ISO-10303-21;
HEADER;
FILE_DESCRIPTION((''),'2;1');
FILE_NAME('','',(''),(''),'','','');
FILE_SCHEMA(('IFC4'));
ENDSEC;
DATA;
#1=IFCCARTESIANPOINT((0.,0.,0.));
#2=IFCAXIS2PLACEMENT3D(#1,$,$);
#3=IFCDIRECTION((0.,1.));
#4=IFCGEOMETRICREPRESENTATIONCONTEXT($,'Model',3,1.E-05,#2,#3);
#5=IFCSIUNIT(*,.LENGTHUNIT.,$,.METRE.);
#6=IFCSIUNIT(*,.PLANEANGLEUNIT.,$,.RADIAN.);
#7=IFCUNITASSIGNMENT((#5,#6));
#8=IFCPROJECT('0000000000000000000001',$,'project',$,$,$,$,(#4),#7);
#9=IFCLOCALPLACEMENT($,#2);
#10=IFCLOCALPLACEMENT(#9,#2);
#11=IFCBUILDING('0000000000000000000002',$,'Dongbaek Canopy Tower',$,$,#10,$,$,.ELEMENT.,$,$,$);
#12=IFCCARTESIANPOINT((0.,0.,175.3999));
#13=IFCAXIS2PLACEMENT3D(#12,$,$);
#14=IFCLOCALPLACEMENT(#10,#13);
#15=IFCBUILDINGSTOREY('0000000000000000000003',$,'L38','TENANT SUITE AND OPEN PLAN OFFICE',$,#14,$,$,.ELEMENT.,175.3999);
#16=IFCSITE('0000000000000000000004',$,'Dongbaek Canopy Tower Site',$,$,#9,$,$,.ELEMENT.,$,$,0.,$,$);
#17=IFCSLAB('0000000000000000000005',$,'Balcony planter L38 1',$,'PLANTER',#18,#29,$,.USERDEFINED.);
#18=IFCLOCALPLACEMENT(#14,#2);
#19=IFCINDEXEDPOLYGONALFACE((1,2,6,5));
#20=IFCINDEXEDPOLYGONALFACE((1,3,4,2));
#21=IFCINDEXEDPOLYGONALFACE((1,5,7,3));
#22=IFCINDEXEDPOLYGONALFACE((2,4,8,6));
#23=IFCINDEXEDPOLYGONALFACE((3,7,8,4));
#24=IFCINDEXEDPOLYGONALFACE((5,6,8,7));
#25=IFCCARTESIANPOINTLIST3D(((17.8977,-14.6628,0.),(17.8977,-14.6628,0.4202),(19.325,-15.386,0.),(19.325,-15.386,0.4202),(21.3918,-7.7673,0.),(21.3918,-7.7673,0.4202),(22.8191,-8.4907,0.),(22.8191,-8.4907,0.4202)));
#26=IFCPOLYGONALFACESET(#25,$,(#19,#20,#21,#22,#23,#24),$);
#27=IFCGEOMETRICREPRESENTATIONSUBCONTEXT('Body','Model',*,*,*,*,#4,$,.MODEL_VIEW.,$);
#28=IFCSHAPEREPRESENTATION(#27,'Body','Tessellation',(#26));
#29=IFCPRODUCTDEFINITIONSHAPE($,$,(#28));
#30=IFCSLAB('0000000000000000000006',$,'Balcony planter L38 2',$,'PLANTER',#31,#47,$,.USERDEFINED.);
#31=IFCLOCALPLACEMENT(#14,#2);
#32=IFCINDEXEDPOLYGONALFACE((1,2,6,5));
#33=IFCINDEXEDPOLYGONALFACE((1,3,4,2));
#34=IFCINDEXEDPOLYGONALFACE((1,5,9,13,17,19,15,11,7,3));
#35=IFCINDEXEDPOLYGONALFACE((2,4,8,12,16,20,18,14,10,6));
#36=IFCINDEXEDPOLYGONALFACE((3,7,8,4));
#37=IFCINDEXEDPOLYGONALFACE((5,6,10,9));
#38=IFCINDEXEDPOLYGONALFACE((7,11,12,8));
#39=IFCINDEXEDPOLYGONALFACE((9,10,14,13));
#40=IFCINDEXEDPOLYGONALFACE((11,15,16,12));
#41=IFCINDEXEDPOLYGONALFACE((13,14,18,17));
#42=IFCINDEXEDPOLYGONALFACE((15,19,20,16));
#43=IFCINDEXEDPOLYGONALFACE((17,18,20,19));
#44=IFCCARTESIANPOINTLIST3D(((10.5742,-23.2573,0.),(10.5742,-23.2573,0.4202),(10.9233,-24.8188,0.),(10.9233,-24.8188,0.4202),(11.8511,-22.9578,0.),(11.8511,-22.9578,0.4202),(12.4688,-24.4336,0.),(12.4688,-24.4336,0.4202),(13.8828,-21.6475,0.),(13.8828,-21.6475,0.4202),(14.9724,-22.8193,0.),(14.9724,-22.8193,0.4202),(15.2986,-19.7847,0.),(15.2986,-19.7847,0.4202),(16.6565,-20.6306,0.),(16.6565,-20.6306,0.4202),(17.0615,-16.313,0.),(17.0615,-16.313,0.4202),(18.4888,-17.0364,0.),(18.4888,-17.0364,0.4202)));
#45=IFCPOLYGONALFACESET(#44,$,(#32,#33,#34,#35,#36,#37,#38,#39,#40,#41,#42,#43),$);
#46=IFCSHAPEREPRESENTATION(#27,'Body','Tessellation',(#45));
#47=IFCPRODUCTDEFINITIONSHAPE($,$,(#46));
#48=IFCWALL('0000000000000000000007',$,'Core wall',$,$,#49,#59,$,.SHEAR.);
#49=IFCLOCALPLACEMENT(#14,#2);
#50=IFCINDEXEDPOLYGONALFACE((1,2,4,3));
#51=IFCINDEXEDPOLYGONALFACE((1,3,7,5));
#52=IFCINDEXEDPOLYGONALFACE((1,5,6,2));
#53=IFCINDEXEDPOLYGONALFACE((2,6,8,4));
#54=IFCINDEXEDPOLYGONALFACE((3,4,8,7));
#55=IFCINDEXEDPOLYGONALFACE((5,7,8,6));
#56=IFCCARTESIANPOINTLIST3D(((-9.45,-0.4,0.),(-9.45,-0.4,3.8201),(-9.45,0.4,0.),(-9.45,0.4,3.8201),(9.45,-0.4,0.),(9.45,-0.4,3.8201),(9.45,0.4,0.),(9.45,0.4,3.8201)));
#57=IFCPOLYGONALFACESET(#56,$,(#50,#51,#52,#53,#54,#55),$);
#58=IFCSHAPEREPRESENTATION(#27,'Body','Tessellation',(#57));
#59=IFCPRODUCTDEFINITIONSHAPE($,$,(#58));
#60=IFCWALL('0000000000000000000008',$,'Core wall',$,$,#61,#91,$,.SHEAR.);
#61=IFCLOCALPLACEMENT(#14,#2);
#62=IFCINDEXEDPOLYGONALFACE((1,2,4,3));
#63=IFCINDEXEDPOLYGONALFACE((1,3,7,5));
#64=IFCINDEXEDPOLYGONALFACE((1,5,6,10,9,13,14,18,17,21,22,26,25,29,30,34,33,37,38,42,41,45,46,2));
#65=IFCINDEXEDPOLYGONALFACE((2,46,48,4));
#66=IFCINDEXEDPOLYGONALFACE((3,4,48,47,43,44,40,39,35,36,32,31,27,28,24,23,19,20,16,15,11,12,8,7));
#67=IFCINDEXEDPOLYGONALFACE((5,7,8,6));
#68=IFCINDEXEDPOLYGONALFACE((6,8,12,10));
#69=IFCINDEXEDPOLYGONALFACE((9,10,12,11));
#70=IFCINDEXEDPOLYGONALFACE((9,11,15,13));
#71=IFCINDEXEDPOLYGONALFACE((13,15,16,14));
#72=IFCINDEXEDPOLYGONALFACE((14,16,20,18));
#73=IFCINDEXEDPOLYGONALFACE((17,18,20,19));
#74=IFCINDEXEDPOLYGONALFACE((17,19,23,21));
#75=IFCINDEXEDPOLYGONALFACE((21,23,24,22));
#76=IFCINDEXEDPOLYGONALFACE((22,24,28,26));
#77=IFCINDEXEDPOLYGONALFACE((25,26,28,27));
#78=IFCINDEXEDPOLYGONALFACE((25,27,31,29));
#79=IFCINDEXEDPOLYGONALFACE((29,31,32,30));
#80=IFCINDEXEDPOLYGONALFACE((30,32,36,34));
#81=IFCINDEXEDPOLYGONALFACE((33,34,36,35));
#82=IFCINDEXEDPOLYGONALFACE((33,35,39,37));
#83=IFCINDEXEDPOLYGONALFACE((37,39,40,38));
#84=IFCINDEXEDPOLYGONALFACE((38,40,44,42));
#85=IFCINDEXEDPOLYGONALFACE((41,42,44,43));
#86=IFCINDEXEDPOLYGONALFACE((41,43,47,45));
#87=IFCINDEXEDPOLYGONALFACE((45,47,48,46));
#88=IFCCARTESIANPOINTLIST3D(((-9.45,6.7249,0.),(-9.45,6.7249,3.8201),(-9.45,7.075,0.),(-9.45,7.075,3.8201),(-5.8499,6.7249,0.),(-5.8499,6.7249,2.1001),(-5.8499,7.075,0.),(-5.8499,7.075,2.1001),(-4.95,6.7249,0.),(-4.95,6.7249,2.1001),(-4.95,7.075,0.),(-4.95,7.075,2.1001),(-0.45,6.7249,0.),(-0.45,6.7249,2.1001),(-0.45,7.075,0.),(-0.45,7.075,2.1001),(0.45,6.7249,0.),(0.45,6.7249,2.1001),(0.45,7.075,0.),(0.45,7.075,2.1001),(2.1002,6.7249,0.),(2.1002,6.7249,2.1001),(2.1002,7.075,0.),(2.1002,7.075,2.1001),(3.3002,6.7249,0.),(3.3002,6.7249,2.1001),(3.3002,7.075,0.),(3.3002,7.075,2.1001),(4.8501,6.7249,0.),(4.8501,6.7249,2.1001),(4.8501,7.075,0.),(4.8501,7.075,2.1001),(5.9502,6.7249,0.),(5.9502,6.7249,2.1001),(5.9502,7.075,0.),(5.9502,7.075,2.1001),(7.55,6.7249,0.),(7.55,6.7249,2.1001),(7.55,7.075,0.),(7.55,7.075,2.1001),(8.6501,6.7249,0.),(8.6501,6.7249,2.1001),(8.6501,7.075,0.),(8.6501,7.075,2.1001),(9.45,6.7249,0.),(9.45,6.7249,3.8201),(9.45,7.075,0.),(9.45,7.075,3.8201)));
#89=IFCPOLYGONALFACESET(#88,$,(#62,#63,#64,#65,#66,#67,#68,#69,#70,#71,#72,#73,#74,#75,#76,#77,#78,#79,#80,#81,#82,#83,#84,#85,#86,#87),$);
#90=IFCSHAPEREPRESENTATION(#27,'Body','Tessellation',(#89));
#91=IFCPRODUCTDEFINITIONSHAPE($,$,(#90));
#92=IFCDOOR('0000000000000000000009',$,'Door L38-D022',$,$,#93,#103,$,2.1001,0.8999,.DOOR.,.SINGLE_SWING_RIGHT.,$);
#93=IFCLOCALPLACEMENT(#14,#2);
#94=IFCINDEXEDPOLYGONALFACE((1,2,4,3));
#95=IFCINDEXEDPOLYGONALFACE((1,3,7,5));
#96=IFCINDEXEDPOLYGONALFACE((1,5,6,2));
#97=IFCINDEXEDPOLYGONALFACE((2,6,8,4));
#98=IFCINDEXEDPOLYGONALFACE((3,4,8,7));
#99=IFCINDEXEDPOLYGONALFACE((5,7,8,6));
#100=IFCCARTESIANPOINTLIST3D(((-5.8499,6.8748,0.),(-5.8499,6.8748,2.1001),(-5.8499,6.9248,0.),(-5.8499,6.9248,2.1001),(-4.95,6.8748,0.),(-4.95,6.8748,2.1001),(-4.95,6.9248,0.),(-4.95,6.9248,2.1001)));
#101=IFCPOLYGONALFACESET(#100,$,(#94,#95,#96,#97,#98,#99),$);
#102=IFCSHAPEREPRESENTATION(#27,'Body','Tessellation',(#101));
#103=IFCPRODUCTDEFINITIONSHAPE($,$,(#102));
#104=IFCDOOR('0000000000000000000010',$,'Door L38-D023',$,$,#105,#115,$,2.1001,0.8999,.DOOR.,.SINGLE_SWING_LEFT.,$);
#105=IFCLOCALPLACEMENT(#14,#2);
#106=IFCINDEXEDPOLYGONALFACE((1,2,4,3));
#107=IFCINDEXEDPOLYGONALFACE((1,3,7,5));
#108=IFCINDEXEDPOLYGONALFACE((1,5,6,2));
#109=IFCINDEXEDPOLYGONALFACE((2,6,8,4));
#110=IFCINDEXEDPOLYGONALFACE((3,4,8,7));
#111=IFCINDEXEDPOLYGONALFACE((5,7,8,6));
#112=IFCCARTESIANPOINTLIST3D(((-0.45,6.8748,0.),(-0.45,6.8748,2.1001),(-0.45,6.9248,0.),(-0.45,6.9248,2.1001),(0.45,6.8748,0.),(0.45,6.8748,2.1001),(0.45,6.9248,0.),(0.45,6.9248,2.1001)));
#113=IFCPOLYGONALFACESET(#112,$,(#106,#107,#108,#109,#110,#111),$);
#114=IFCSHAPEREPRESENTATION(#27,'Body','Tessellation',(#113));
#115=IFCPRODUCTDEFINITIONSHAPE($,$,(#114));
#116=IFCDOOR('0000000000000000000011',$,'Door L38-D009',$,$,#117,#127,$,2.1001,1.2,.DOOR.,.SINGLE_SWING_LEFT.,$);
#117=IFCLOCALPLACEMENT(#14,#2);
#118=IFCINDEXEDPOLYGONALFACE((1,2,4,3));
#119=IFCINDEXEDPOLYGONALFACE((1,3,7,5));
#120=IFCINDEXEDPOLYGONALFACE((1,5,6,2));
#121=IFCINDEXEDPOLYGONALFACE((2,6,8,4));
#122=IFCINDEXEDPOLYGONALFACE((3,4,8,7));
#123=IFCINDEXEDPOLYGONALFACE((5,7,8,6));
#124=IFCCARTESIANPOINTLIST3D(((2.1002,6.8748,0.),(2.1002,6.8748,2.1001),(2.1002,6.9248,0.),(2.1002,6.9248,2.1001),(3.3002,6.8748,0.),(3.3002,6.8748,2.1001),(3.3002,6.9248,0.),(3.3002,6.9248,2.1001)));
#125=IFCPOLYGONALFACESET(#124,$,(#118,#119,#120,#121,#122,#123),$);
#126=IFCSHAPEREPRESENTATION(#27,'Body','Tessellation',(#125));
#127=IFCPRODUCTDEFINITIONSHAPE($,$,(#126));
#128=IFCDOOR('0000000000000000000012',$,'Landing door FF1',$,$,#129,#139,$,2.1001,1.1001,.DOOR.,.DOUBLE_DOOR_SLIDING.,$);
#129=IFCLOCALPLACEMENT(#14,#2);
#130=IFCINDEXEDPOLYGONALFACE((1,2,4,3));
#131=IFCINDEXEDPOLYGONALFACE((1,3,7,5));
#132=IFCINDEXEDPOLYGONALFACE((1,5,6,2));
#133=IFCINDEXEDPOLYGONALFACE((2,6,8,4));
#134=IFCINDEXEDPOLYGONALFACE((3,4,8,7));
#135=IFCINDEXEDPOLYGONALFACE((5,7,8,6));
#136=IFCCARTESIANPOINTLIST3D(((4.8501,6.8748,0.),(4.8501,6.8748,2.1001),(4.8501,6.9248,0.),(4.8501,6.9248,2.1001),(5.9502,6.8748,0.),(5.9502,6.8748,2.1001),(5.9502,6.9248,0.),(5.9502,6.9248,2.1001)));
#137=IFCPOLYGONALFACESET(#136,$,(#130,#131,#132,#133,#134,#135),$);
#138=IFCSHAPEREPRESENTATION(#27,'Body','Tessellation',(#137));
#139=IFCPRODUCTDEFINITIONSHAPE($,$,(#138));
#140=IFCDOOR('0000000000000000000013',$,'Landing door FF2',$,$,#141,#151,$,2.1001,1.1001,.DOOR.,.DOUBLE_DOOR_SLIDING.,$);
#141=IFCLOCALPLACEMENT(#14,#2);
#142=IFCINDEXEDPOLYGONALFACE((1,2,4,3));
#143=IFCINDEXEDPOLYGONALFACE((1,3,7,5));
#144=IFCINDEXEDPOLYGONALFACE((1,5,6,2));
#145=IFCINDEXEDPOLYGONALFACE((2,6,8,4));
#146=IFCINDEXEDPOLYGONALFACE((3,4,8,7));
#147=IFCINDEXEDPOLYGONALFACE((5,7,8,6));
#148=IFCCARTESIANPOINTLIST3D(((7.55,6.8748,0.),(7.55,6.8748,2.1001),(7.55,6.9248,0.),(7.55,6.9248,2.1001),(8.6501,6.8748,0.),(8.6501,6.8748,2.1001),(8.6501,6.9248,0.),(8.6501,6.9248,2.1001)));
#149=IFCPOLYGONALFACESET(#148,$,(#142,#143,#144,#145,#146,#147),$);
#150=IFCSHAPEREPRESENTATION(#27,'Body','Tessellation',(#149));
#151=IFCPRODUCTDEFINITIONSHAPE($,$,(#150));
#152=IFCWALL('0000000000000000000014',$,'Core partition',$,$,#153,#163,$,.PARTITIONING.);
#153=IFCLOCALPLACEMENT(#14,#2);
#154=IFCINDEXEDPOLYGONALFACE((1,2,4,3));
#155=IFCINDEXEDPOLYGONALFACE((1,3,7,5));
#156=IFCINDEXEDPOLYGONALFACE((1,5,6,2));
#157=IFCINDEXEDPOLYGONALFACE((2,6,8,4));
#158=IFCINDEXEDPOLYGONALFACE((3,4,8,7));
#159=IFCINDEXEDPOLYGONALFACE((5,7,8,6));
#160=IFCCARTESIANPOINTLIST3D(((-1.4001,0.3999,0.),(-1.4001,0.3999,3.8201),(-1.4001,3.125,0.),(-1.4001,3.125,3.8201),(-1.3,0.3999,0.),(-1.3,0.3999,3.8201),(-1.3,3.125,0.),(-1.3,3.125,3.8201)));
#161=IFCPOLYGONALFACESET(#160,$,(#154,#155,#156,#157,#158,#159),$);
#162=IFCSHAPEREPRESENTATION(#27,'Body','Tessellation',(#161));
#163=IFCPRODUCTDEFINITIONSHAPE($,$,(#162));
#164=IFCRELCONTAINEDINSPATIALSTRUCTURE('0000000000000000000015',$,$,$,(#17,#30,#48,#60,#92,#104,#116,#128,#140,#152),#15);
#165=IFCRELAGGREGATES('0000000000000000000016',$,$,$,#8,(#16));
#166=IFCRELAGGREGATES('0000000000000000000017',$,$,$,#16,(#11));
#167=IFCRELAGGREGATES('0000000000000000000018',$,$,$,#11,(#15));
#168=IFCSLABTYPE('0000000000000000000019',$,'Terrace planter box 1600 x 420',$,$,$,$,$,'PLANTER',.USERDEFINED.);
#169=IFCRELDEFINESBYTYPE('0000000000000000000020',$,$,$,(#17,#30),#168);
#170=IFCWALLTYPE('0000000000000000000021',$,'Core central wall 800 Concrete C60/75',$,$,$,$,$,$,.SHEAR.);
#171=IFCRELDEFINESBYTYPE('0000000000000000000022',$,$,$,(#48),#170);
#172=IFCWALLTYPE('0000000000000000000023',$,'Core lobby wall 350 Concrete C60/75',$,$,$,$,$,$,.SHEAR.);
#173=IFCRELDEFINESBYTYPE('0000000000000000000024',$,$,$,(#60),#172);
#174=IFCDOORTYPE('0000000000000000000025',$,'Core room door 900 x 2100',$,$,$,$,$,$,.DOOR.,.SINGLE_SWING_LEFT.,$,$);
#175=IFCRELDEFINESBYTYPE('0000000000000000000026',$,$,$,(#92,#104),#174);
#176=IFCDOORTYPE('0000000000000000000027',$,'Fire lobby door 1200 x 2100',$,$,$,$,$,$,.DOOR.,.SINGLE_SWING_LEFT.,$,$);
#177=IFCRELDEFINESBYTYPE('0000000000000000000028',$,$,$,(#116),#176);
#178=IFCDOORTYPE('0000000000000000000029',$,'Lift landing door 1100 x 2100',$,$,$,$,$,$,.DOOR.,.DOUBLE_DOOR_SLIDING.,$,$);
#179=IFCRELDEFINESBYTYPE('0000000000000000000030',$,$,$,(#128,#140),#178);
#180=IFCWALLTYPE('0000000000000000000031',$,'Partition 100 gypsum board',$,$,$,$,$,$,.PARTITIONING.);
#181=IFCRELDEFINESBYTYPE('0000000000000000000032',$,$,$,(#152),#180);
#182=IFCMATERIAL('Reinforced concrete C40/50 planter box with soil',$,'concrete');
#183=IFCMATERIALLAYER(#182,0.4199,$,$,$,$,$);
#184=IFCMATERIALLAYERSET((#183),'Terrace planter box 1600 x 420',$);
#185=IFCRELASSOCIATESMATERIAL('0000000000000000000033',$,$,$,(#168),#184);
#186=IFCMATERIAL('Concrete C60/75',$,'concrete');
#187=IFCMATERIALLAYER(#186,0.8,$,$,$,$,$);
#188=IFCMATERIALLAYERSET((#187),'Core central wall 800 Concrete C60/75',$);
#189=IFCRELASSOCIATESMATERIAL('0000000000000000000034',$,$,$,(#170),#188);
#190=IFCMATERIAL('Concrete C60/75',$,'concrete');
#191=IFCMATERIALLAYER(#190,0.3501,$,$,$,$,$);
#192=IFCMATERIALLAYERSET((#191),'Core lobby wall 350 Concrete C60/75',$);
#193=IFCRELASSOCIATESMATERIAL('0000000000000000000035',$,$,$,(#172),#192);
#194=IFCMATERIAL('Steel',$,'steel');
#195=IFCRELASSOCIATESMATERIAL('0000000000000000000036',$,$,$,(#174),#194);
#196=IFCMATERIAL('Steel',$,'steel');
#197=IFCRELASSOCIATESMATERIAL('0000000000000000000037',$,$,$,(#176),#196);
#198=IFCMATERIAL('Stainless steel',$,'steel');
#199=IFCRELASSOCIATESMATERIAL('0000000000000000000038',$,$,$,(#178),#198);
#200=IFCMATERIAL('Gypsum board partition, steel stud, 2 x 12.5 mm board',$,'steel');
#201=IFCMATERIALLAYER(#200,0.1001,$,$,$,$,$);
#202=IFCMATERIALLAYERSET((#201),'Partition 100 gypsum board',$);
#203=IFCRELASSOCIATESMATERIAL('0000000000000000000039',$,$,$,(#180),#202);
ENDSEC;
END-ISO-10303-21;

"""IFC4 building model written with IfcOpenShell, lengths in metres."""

from ifc_helpers import new_model, si_unit, direction, frame, frame_2d, origin, place, context, subcontext, project, spatial, polyline, rectangle, outline, extrude, material, layer, layer_set, type_object, element, fill, save


model = new_model("IFC4")

# Units and contexts
model_context = context("Model", 3, precision=1e-05, world=origin(), true_north=direction((0.0, 1.0)))
body_context = subcontext(model_context, "Body", "Model", "MODEL_VIEW")
ifc_project = project(units=[si_unit("LENGTHUNIT", "METRE"), si_unit("PLANEANGLEUNIT", "RADIAN")], contexts=[model_context])

# Site, building, storey
site_placement = place(None, origin())
site = spatial("IfcSite", under=ifc_project, at=site_placement, Name="Dongbaek Canopy Tower Site", CompositionType="ELEMENT", RefElevation=0.0)
building_placement = place(site_placement, origin())
building = spatial("IfcBuilding", under=site, at=building_placement, Name="Dongbaek Canopy Tower", CompositionType="ELEMENT")
storey_placement = place(building_placement, frame((0.0, 0.0, 175.3999)))
storey = spatial("IfcBuildingStorey", under=building, at=storey_placement, Name="L38", Description="TENANT SUITE AND OPEN PLAN OFFICE", CompositionType="ELEMENT", Elevation=175.3999)

# Slabs
ifc_material_1 = material(Name="Reinforced concrete C40/50 planter box with soil", Category="concrete")
ifc_layer_1 = layer(ifc_material_1, 0.4199)
ifc_layer_set_1 = layer_set([ifc_layer_1], Name="Terrace planter box 1600 x 420")
slab_type_1 = type_object("IfcSlabType", Name="Terrace planter box 1600 x 420", ElementType="PLANTER", PredefinedType="USERDEFINED", material=ifc_layer_set_1)
slab_1_placement = place(storey_placement, origin())
element("IfcSlab", 1, at=slab_1_placement, inside=storey, type_object=slab_type_1, Name="Balcony planter L38 1", ObjectType="PLANTER", PredefinedType="USERDEFINED", context=body_context, shape_type="SweptSolid", body=[
    extrude(outline(polyline([(17.8977, -14.6628), (21.3918, -7.7673), (22.8191, -8.4907), (19.325, -15.386), (17.8977, -14.6628)])), origin(), (0.0, 0.0, 1.0), 0.4202),
])
slab_2_placement = place(storey_placement, origin())
element("IfcSlab", 2, at=slab_2_placement, inside=storey, type_object=slab_type_1, Name="Balcony planter L38 2", ObjectType="PLANTER", PredefinedType="USERDEFINED", context=body_context, shape_type="SweptSolid", body=[
    extrude(outline(polyline([(10.5742, -23.2573), (11.8511, -22.9578), (13.8828, -21.6475), (15.2986, -19.7847), (17.0615, -16.313), (18.4888, -17.0364), (16.6565, -20.6306), (14.9724, -22.8193), (12.4688, -24.4336), (10.9233, -24.8188), (10.5742, -23.2573)])), origin(), (0.0, 0.0, 1.0), 0.4202),
])

# Wall
ifc_material_2 = material(Name="Concrete C60/75", Category="concrete")
ifc_layer_2 = layer(ifc_material_2, 0.8)
ifc_layer_set_2 = layer_set([ifc_layer_2], Name="Core central wall 800 Concrete C60/75")
wall_type_1 = type_object("IfcWallType", Name="Core central wall 800 Concrete C60/75", PredefinedType="SHEAR", material=ifc_layer_set_2)
wall_1_placement = place(storey_placement, frame((-9.45, 0.0, 0.0), z_axis=(0.0, 0.0, 1.0), x_axis=(1.0, 0.0, 0.0)))
element("IfcWall", 3, at=wall_1_placement, inside=storey, type_object=wall_type_1, Name="Core wall", PredefinedType="SHEAR", context=body_context, shape_type="SweptSolid", body=[
    extrude(rectangle(XDim=18.8999, YDim=0.8, at=frame_2d((9.45, 0.0))), origin(), (0.0, 0.0, 1.0), 3.8201),
])

# Wall, openings, doors
ifc_material_3 = material(Name="Concrete C60/75", Category="concrete")
ifc_layer_3 = layer(ifc_material_3, 0.3501)
ifc_layer_set_3 = layer_set([ifc_layer_3], Name="Core lobby wall 350 Concrete C60/75")
wall_type_2 = type_object("IfcWallType", Name="Core lobby wall 350 Concrete C60/75", PredefinedType="SHEAR", material=ifc_layer_set_3)
wall_2_placement = place(storey_placement, frame((-9.45, 6.8999, 0.0), z_axis=(0.0, 0.0, 1.0), x_axis=(1.0, 0.0, 0.0)))
wall_2 = element("IfcWall", 4, at=wall_2_placement, inside=storey, type_object=wall_type_2, Name="Core wall", PredefinedType="SHEAR", context=body_context, shape_type="SweptSolid", body=[
    extrude(rectangle(XDim=18.8999, YDim=0.3501, at=frame_2d((9.45, 0.0))), origin(), (0.0, 0.0, 1.0), 3.8201),
])
opening_1_placement = place(wall_2_placement, frame((11.55, 0.0, 0.0)))
opening_1 = element("IfcOpeningElement", 5, at=opening_1_placement, cuts=wall_2, PredefinedType="OPENING", context=body_context, shape_type="SweptSolid", body=[
    extrude(rectangle(XDim=1.2, YDim=2.1001, at=frame_2d((0.6001, 1.05))), frame((0.0, 0.1851, 0.0), z_axis=(0.0, -1.0, 0.0), x_axis=(1.0, 0.0, 0.0)), (0.0, 0.0, 1.0), 0.3701),
])
opening_2_placement = place(wall_2_placement, frame((14.3, 0.0, 0.0)))
opening_2 = element("IfcOpeningElement", 6, at=opening_2_placement, cuts=wall_2, PredefinedType="OPENING", context=body_context, shape_type="SweptSolid", body=[
    extrude(rectangle(XDim=1.1001, YDim=2.1001, at=frame_2d((0.55, 1.05))), frame((0.0, 0.1851, 0.0), z_axis=(0.0, -1.0, 0.0), x_axis=(1.0, 0.0, 0.0)), (0.0, 0.0, 1.0), 0.3701),
])
opening_3_placement = place(wall_2_placement, frame((17.0, 0.0, 0.0)))
opening_3 = element("IfcOpeningElement", 7, at=opening_3_placement, cuts=wall_2, PredefinedType="OPENING", context=body_context, shape_type="SweptSolid", body=[
    extrude(rectangle(XDim=1.1001, YDim=2.1001, at=frame_2d((0.55, 1.05))), frame((0.0, 0.1851, 0.0), z_axis=(0.0, -1.0, 0.0), x_axis=(1.0, 0.0, 0.0)), (0.0, 0.0, 1.0), 0.3701),
])
opening_4_placement = place(wall_2_placement, frame((3.6001, 0.0, 0.0)))
opening_4 = element("IfcOpeningElement", 8, at=opening_4_placement, cuts=wall_2, PredefinedType="OPENING", context=body_context, shape_type="SweptSolid", body=[
    extrude(rectangle(XDim=0.8999, YDim=2.1001, at=frame_2d((0.45, 1.05))), frame((0.0, 0.1851, 0.0), z_axis=(0.0, -1.0, 0.0), x_axis=(1.0, 0.0, 0.0)), (0.0, 0.0, 1.0), 0.3701),
])
opening_5_placement = place(wall_2_placement, frame((9.0, 0.0, 0.0)))
opening_5 = element("IfcOpeningElement", 9, at=opening_5_placement, cuts=wall_2, PredefinedType="OPENING", context=body_context, shape_type="SweptSolid", body=[
    extrude(rectangle(XDim=0.8999, YDim=2.1001, at=frame_2d((0.45, 1.05))), frame((0.0, 0.1851, 0.0), z_axis=(0.0, -1.0, 0.0), x_axis=(1.0, 0.0, 0.0)), (0.0, 0.0, 1.0), 0.3701),
])
ifc_material_4 = material(Name="Steel", Category="steel")
door_type_1 = type_object("IfcDoorType", Name="Core room door 900 x 2100", OperationType="SINGLE_SWING_LEFT", PredefinedType="DOOR", material=ifc_material_4)
door_1_placement = place(opening_4_placement, origin())
door_1 = element("IfcDoor", 10, at=door_1_placement, inside=storey, type_object=door_type_1, Name="Door L38-D022", OperationType="SINGLE_SWING_RIGHT", OverallHeight=2.1001, OverallWidth=0.8999, PredefinedType="DOOR", context=body_context, shape_type="SweptSolid", body=[
    extrude(rectangle(XDim=0.8999, YDim=2.1001, at=frame_2d((0.45, 1.05))), frame((0.0, 0.0249, 0.0), z_axis=(0.0, -1.0, 0.0), x_axis=(1.0, 0.0, 0.0)), (0.0, 0.0, 1.0), 0.05),
])
fill(opening_4, door_1)
door_2_placement = place(opening_5_placement, origin())
door_2 = element("IfcDoor", 11, at=door_2_placement, inside=storey, type_object=door_type_1, Name="Door L38-D023", OperationType="SINGLE_SWING_LEFT", OverallHeight=2.1001, OverallWidth=0.8999, PredefinedType="DOOR", context=body_context, shape_type="SweptSolid", body=[
    extrude(rectangle(XDim=0.8999, YDim=2.1001, at=frame_2d((0.45, 1.05))), frame((0.0, 0.0249, 0.0), z_axis=(0.0, -1.0, 0.0), x_axis=(1.0, 0.0, 0.0)), (0.0, 0.0, 1.0), 0.05),
])
fill(opening_5, door_2)
ifc_material_5 = material(Name="Steel", Category="steel")
door_type_2 = type_object("IfcDoorType", Name="Fire lobby door 1200 x 2100", OperationType="SINGLE_SWING_LEFT", PredefinedType="DOOR", material=ifc_material_5)
door_3_placement = place(opening_1_placement, origin())
door_3 = element("IfcDoor", 12, at=door_3_placement, inside=storey, type_object=door_type_2, Name="Door L38-D009", OperationType="SINGLE_SWING_LEFT", OverallHeight=2.1001, OverallWidth=1.2, PredefinedType="DOOR", context=body_context, shape_type="SweptSolid", body=[
    extrude(rectangle(XDim=1.2, YDim=2.1001, at=frame_2d((0.6001, 1.05))), frame((0.0, 0.0249, 0.0), z_axis=(0.0, -1.0, 0.0), x_axis=(1.0, 0.0, 0.0)), (0.0, 0.0, 1.0), 0.05),
])
fill(opening_1, door_3)
ifc_material_6 = material(Name="Stainless steel", Category="steel")
door_type_3 = type_object("IfcDoorType", Name="Lift landing door 1100 x 2100", OperationType="DOUBLE_DOOR_SLIDING", PredefinedType="DOOR", material=ifc_material_6)
door_4_placement = place(opening_2_placement, origin())
door_4 = element("IfcDoor", 13, at=door_4_placement, inside=storey, type_object=door_type_3, Name="Landing door FF1", OperationType="DOUBLE_DOOR_SLIDING", OverallHeight=2.1001, OverallWidth=1.1001, PredefinedType="DOOR", context=body_context, shape_type="SweptSolid", body=[
    extrude(rectangle(XDim=1.1001, YDim=2.1001, at=frame_2d((0.55, 1.05))), frame((0.0, 0.0249, 0.0), z_axis=(0.0, -1.0, 0.0), x_axis=(1.0, 0.0, 0.0)), (0.0, 0.0, 1.0), 0.05),
])
fill(opening_2, door_4)
door_5_placement = place(opening_3_placement, origin())
door_5 = element("IfcDoor", 14, at=door_5_placement, inside=storey, type_object=door_type_3, Name="Landing door FF2", OperationType="DOUBLE_DOOR_SLIDING", OverallHeight=2.1001, OverallWidth=1.1001, PredefinedType="DOOR", context=body_context, shape_type="SweptSolid", body=[
    extrude(rectangle(XDim=1.1001, YDim=2.1001, at=frame_2d((0.55, 1.05))), frame((0.0, 0.0249, 0.0), z_axis=(0.0, -1.0, 0.0), x_axis=(1.0, 0.0, 0.0)), (0.0, 0.0, 1.0), 0.05),
])
fill(opening_3, door_5)

# Wall
ifc_material_7 = material(Name="Gypsum board partition, steel stud, 2 x 12.5 mm board", Category="steel")
ifc_layer_4 = layer(ifc_material_7, 0.1001)
ifc_layer_set_4 = layer_set([ifc_layer_4], Name="Partition 100 gypsum board")
wall_type_3 = type_object("IfcWallType", Name="Partition 100 gypsum board", PredefinedType="PARTITIONING", material=ifc_layer_set_4)
for number, where, z_axis, x_axis, name in (
    (15, (-1.3501, 0.3999, 0.0), (0.0, 0.0, 1.0), (0.0, 1.0, 0.0), "Core partition"),
):
    element("IfcWall", number, at=place(storey_placement, frame(where, z_axis=z_axis, x_axis=x_axis)), inside=storey, type_object=wall_type_3, Name=name, PredefinedType="PARTITIONING", context=body_context, shape_type="SweptSolid", body=[
        extrude(rectangle(XDim=2.7251, YDim=0.1001, at=frame_2d((1.3625, 0.0))), origin(), (0.0, 0.0, 1.0), 3.8201),
    ])

save(model, "model.ifc")
